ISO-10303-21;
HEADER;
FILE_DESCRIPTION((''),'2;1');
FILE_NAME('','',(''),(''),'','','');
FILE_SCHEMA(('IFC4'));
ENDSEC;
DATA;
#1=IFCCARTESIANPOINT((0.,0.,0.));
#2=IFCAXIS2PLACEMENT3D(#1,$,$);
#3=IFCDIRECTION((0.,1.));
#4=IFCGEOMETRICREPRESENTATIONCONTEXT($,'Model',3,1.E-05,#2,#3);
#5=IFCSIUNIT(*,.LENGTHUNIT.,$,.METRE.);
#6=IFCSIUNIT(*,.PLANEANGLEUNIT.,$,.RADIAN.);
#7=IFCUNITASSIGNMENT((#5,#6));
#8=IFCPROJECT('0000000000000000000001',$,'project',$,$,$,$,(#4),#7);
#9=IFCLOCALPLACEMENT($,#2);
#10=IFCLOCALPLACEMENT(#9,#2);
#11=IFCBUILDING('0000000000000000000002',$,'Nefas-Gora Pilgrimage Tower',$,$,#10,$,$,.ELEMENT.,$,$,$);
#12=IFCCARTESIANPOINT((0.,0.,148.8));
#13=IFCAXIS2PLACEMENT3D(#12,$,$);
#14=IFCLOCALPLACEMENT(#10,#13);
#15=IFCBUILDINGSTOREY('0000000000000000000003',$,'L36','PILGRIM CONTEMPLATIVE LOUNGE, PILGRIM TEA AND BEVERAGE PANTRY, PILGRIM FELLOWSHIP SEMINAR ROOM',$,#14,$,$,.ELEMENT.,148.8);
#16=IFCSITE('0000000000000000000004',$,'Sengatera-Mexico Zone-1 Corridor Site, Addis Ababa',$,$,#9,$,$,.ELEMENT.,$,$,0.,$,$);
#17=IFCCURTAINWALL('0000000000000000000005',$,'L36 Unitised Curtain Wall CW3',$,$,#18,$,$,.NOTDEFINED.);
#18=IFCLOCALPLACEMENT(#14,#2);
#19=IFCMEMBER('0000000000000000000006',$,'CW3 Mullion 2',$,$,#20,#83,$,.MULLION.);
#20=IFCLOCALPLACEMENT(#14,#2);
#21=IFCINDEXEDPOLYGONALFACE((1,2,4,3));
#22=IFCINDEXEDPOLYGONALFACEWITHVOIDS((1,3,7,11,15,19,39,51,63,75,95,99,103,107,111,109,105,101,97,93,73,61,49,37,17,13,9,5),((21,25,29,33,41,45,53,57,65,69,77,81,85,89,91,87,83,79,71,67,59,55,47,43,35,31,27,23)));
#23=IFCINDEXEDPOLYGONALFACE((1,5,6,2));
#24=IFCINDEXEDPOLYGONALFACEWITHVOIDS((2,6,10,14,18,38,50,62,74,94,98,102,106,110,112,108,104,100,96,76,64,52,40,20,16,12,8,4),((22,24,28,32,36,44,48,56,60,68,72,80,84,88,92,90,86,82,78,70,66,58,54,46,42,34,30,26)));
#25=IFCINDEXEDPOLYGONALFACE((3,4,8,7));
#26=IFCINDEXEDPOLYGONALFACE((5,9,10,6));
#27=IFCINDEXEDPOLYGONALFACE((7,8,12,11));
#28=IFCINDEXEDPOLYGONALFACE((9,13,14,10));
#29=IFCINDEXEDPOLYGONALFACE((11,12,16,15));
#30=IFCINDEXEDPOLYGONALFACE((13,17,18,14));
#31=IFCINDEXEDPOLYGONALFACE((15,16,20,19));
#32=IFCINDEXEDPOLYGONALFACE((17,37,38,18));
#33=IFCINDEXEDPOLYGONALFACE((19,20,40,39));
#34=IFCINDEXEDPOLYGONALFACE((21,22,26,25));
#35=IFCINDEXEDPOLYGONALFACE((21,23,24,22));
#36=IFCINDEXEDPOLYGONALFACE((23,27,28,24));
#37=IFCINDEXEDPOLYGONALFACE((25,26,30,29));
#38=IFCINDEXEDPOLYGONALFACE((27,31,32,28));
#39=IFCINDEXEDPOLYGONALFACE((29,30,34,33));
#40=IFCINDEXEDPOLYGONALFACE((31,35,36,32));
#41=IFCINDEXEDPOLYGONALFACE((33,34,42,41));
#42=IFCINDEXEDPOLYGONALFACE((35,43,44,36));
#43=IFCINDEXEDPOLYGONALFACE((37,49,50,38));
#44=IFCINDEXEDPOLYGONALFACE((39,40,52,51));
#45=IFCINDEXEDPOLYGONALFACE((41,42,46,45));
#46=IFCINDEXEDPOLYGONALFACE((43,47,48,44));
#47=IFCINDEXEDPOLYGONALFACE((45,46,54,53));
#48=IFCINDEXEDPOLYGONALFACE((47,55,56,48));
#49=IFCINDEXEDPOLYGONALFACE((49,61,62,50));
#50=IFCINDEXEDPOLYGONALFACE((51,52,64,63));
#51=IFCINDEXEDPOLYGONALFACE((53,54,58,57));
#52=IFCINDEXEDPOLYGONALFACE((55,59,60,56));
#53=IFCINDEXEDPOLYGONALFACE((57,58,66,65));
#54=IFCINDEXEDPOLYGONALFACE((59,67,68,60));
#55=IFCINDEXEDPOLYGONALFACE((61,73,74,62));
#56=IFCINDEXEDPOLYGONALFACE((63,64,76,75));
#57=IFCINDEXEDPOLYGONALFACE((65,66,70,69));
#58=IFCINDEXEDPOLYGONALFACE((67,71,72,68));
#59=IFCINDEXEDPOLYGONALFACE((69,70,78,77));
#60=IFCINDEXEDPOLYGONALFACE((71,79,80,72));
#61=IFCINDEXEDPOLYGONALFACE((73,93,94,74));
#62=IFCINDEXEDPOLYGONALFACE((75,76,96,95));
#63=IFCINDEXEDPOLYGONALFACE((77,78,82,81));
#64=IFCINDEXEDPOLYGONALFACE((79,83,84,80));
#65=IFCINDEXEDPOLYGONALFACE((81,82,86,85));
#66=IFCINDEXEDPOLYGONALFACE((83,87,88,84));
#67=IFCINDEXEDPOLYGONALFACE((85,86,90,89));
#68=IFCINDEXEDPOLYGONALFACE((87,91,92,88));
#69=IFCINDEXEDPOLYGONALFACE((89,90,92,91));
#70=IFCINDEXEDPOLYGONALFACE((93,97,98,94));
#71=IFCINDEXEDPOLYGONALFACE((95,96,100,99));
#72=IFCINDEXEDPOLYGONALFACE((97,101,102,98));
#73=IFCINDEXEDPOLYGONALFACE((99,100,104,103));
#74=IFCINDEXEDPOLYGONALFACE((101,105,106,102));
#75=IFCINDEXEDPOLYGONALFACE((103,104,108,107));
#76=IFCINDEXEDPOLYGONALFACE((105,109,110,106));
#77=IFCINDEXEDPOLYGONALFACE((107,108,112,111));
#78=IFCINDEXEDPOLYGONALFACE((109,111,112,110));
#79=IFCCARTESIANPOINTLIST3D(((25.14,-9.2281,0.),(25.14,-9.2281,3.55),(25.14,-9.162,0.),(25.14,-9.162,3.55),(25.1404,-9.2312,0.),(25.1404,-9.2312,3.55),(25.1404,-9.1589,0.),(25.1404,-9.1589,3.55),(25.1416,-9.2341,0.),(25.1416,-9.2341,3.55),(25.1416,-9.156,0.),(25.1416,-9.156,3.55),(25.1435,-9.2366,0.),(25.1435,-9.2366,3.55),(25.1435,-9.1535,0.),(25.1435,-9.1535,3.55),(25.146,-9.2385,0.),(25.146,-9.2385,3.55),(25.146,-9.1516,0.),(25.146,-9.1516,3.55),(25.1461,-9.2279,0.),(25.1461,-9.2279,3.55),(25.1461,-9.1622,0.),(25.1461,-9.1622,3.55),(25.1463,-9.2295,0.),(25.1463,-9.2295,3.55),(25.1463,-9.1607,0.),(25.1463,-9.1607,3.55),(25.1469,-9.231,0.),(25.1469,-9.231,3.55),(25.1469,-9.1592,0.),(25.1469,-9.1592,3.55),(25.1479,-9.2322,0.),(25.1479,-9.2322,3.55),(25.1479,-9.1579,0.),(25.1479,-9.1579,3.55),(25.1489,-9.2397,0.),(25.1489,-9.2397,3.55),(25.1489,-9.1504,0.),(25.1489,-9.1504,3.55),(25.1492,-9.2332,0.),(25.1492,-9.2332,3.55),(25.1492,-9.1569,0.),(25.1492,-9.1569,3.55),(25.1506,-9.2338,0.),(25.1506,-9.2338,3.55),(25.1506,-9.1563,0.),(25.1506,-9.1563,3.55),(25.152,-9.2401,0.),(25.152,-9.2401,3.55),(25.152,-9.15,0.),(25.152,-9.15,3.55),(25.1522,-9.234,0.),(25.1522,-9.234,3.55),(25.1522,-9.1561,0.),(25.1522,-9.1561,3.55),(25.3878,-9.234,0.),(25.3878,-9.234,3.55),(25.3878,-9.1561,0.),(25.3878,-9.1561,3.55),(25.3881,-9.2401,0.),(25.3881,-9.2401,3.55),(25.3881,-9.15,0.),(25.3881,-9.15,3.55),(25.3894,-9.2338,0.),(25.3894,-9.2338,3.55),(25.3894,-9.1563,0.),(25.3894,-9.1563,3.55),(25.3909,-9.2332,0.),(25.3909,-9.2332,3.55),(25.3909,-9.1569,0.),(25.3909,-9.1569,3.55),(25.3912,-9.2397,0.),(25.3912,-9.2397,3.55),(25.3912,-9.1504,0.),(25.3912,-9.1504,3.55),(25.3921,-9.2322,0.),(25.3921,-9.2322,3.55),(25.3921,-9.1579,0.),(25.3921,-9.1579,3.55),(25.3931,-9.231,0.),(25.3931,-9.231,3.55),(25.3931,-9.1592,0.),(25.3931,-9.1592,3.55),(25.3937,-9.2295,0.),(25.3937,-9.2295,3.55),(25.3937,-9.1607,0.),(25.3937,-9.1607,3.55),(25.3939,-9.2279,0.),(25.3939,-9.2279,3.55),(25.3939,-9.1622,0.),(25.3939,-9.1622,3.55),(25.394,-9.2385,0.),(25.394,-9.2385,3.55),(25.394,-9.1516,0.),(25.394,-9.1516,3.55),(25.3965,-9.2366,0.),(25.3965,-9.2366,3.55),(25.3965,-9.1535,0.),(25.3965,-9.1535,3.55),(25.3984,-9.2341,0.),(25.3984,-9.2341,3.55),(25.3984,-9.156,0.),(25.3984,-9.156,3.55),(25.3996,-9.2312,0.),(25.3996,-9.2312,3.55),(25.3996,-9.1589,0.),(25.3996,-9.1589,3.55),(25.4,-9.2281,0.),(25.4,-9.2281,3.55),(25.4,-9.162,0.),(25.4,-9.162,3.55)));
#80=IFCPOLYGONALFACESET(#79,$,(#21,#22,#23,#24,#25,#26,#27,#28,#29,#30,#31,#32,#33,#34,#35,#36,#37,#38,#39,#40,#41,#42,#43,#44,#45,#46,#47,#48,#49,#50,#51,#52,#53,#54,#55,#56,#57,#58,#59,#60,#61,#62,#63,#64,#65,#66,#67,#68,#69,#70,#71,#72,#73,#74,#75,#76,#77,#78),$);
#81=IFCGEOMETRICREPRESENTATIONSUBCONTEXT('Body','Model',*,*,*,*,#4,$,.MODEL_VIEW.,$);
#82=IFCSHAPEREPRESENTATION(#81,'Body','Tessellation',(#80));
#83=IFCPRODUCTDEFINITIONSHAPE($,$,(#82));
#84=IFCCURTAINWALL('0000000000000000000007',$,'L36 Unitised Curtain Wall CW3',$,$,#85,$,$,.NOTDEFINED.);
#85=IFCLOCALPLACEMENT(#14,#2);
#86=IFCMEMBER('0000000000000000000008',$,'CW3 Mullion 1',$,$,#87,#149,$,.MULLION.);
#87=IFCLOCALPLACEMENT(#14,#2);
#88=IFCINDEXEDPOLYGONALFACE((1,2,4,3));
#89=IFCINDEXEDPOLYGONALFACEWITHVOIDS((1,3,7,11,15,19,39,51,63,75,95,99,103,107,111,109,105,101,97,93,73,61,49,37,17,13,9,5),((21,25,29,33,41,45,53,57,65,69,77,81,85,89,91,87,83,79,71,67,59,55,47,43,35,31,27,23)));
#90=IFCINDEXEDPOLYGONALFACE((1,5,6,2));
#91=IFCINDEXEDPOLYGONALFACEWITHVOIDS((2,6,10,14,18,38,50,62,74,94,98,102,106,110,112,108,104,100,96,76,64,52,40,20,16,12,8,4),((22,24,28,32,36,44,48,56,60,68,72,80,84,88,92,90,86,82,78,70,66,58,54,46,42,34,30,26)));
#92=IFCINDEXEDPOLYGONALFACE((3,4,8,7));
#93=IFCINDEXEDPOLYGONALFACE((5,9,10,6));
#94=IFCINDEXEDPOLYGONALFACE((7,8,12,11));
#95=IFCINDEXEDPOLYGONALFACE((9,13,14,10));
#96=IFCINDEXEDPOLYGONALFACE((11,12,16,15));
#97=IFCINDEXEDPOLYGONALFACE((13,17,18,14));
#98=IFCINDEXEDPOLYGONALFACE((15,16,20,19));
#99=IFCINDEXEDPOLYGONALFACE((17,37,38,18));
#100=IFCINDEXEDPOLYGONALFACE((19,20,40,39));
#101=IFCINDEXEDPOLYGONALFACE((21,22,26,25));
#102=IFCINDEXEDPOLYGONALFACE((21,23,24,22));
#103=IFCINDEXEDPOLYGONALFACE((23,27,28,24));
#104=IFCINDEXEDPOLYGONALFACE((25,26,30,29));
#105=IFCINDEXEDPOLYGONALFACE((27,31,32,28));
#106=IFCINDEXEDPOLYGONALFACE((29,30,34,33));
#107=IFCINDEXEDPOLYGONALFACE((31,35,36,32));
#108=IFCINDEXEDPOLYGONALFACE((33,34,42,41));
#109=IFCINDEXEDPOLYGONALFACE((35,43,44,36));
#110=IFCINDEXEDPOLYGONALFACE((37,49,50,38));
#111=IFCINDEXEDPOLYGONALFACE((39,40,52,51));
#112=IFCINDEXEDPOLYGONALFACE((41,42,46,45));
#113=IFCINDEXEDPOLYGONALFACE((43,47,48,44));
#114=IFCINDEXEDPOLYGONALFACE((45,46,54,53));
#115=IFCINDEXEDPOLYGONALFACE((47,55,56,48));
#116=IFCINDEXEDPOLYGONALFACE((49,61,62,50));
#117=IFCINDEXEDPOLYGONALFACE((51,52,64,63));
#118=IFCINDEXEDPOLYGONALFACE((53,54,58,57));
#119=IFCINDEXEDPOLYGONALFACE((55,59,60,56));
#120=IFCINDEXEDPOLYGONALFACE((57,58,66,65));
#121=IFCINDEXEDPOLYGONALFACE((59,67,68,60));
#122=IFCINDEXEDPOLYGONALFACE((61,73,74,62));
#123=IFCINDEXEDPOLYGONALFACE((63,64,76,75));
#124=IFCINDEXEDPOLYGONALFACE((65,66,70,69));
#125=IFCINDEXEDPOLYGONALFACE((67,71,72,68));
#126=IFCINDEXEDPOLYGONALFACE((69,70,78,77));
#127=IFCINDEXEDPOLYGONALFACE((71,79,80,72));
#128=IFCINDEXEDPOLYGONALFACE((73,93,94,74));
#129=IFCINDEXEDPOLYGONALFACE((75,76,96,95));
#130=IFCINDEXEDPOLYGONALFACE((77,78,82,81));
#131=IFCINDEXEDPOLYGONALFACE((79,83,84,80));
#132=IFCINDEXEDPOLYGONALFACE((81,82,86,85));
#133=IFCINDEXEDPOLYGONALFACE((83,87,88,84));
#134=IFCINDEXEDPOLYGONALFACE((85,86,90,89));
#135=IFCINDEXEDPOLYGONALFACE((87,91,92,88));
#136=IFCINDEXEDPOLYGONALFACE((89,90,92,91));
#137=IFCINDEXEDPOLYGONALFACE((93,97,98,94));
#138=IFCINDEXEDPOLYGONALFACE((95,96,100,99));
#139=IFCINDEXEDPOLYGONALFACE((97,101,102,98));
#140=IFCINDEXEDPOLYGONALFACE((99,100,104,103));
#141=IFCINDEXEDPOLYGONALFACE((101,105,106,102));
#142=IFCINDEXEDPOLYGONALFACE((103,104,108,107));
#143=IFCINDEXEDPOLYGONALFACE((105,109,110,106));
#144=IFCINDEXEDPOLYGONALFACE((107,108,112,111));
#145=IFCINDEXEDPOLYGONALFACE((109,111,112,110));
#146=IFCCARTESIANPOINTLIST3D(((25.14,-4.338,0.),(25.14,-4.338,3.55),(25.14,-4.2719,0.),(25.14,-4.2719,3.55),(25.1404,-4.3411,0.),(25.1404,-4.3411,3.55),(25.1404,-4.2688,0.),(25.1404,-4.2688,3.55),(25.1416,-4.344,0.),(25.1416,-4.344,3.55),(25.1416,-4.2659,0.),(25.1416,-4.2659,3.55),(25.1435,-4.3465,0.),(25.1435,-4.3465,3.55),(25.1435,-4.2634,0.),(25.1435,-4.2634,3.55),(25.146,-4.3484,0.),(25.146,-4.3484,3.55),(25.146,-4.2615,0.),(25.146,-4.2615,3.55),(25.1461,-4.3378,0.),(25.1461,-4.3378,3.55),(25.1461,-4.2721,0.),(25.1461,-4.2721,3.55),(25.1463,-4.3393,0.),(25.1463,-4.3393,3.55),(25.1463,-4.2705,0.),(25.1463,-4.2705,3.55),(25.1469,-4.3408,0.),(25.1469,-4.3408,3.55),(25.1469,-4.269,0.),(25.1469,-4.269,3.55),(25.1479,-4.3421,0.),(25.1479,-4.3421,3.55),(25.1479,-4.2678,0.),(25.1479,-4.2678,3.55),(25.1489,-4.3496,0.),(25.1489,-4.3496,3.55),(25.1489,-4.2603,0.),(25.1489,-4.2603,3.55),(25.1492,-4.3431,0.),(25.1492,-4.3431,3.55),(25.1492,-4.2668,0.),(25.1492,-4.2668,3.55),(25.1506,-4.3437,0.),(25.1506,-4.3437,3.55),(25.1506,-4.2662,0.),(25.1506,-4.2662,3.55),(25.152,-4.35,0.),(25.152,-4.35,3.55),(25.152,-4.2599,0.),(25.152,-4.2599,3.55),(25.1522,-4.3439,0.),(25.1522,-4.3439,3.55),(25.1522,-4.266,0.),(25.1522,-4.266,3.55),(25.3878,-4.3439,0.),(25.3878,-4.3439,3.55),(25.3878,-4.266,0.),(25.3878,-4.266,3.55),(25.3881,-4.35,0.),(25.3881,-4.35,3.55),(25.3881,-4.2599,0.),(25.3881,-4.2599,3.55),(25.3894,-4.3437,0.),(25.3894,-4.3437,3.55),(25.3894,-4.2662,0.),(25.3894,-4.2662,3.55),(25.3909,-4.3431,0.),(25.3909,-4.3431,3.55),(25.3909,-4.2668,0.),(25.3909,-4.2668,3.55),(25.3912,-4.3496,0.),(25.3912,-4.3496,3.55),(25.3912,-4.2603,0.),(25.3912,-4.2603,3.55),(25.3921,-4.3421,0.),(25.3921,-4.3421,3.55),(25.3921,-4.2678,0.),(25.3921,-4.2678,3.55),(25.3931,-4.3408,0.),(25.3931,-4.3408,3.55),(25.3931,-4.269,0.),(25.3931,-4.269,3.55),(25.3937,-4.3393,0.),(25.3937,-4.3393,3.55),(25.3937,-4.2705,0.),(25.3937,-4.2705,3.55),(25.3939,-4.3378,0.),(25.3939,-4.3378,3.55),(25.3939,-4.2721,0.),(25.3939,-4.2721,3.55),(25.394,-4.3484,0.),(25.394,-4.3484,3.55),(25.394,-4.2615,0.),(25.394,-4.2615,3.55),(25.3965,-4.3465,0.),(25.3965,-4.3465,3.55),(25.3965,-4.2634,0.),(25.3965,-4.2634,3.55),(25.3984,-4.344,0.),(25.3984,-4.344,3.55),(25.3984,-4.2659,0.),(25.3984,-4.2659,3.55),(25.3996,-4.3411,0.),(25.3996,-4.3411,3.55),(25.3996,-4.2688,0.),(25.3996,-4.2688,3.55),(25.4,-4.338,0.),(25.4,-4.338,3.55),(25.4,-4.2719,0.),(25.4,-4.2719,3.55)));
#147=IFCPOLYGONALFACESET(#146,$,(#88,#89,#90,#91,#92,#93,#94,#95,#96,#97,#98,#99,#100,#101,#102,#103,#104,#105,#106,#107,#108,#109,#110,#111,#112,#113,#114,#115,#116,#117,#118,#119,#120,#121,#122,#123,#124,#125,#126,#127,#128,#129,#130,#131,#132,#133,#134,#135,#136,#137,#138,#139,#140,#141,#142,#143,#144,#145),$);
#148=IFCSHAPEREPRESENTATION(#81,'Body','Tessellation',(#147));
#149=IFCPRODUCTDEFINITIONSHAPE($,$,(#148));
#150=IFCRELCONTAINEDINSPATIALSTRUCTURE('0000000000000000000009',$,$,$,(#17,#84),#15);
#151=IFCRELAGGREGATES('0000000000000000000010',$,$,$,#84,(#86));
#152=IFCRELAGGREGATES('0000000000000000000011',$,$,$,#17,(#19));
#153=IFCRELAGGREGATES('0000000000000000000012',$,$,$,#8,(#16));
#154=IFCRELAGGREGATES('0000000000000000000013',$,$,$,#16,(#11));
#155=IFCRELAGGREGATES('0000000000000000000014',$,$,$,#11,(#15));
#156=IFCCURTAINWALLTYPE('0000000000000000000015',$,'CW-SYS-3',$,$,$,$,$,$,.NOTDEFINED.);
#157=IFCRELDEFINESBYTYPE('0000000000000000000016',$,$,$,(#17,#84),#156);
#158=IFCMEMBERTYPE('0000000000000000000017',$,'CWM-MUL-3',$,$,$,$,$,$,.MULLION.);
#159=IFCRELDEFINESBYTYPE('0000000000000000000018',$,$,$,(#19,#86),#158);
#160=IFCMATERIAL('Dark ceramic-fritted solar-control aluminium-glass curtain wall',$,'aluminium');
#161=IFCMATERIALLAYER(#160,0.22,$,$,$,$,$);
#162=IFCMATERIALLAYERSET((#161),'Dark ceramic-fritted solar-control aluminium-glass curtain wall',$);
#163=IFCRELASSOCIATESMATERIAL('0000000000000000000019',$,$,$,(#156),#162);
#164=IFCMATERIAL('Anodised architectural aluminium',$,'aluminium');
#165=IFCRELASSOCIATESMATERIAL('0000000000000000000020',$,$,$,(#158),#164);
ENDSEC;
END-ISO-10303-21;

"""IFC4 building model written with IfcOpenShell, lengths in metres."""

from ifc_helpers import new_model, si_unit, direction, frame, origin, origin_2d, place, context, subcontext, project, spatial, hollow_rectangle, extrude, source, transform, mapped, material, layer, layer_set, material_profile, profile_set, type_object, element, aggregate, save


model = new_model("IFC4")

# Units and contexts
model_context = context("Model", 3, precision=1e-05, world=origin(), true_north=direction((0.0, 1.0)))
body_context = subcontext(model_context, "Body", "Model", "MODEL_VIEW")
ifc_project = project(units=[si_unit("LENGTHUNIT", "METRE"), si_unit("PLANEANGLEUNIT", "RADIAN")], contexts=[model_context])

# Site, building, storey
site_placement = place(None, origin())
site = spatial("IfcSite", under=ifc_project, at=site_placement, Name="Sengatera-Mexico Zone-1 Corridor Site, Addis Ababa", CompositionType="ELEMENT", RefElevation=0.0)
building_placement = place(site_placement, origin())
building = spatial("IfcBuilding", under=site, at=building_placement, Name="Nefas-Gora Pilgrimage Tower", CompositionType="ELEMENT")
storey_placement = place(building_placement, frame((0.0, 0.0, 148.8)))
storey = spatial("IfcBuildingStorey", under=building, at=storey_placement, Name="L36", Description="PILGRIM CONTEMPLATIVE LOUNGE, PILGRIM TEA AND BEVERAGE PANTRY, PILGRIM FELLOWSHIP SEMINAR ROOM", CompositionType="ELEMENT", Elevation=148.8)

# Curtain wall, member
ifc_material_1 = material(Name="Dark ceramic-fritted solar-control aluminium-glass curtain wall", Category="aluminium")
ifc_layer_1 = layer(ifc_material_1, 0.22)
ifc_layer_set_1 = layer_set([ifc_layer_1], Name="Dark ceramic-fritted solar-control aluminium-glass curtain wall")
curtain_wall_type = type_object("IfcCurtainWallType", Name="CW-SYS-3", PredefinedType="NOTDEFINED", material=ifc_layer_set_1)
curtain_wall_1_placement = place(storey_placement, origin())
curtain_wall_1 = element("IfcCurtainWall", 1, at=curtain_wall_1_placement, inside=storey, type_object=curtain_wall_type, Name="L36 Unitised Curtain Wall CW3", PredefinedType="NOTDEFINED")
ifc_material_2 = material(Name="Anodised architectural aluminium", Category="aluminium")
ifc_material_profile_1 = material_profile(ifc_material_2, hollow_rectangle(XDim=0.0901, YDim=0.26, WallThickness=0.0061, InnerFilletRadius=0.0061, OuterFilletRadius=0.012, at=origin_2d()), Name="ALU MULLION 90x260")
ifc_profile_set_1 = profile_set([ifc_material_profile_1], Name="Anodised architectural aluminium")
member_type_1 = type_object("IfcMemberType", Name="CWM-MUL-3", PredefinedType="MULLION", material=ifc_profile_set_1)
shared_shape_1 = source(origin(), body_context, "Body", "SweptSolid", [
    extrude(hollow_rectangle(XDim=0.0901, YDim=0.26, WallThickness=0.0061, InnerFilletRadius=0.0061, OuterFilletRadius=0.012, at=origin_2d()), origin(), (0.0, 0.0, 1.0), 3.55),
])
member_1_placement = place(storey_placement, frame((25.27, -9.1951, 0.0), z_axis=(0.0, 0.0, 1.0), x_axis=(0.0, 1.0, 0.0)))
member_1 = element("IfcMember", 2, at=member_1_placement, type_object=member_type_1, Name="CW3 Mullion 2", PredefinedType="MULLION", context=body_context, shape_type="MappedRepresentation", body=[
    mapped(shared_shape_1, transform((0.0, 0.0, 0.0), x_axis=(1.0, 0.0, 0.0), y_axis=(0.0, 1.0, 0.0), z_axis=(0.0, 0.0, 1.0), scale=1.0)),
])

# Curtain wall, member
curtain_wall_2_placement = place(storey_placement, origin())
curtain_wall_2 = element("IfcCurtainWall", 3, at=curtain_wall_2_placement, inside=storey, type_object=curtain_wall_type, Name="L36 Unitised Curtain Wall CW3", PredefinedType="NOTDEFINED")
member_2_placement = place(storey_placement, frame((25.27, -4.3049, 0.0), z_axis=(0.0, 0.0, 1.0), x_axis=(0.0, 1.0, 0.0)))
member_2 = element("IfcMember", 4, at=member_2_placement, type_object=member_type_1, Name="CW3 Mullion 1", PredefinedType="MULLION", context=body_context, shape_type="MappedRepresentation", body=[
    mapped(shared_shape_1, transform((0.0, 0.0, 0.0), x_axis=(1.0, 0.0, 0.0), y_axis=(0.0, 1.0, 0.0), z_axis=(0.0, 0.0, 1.0), scale=1.0)),
])
aggregate(curtain_wall_2, [member_2])

aggregate(curtain_wall_1, [member_1])

save(model, "model.ifc")
